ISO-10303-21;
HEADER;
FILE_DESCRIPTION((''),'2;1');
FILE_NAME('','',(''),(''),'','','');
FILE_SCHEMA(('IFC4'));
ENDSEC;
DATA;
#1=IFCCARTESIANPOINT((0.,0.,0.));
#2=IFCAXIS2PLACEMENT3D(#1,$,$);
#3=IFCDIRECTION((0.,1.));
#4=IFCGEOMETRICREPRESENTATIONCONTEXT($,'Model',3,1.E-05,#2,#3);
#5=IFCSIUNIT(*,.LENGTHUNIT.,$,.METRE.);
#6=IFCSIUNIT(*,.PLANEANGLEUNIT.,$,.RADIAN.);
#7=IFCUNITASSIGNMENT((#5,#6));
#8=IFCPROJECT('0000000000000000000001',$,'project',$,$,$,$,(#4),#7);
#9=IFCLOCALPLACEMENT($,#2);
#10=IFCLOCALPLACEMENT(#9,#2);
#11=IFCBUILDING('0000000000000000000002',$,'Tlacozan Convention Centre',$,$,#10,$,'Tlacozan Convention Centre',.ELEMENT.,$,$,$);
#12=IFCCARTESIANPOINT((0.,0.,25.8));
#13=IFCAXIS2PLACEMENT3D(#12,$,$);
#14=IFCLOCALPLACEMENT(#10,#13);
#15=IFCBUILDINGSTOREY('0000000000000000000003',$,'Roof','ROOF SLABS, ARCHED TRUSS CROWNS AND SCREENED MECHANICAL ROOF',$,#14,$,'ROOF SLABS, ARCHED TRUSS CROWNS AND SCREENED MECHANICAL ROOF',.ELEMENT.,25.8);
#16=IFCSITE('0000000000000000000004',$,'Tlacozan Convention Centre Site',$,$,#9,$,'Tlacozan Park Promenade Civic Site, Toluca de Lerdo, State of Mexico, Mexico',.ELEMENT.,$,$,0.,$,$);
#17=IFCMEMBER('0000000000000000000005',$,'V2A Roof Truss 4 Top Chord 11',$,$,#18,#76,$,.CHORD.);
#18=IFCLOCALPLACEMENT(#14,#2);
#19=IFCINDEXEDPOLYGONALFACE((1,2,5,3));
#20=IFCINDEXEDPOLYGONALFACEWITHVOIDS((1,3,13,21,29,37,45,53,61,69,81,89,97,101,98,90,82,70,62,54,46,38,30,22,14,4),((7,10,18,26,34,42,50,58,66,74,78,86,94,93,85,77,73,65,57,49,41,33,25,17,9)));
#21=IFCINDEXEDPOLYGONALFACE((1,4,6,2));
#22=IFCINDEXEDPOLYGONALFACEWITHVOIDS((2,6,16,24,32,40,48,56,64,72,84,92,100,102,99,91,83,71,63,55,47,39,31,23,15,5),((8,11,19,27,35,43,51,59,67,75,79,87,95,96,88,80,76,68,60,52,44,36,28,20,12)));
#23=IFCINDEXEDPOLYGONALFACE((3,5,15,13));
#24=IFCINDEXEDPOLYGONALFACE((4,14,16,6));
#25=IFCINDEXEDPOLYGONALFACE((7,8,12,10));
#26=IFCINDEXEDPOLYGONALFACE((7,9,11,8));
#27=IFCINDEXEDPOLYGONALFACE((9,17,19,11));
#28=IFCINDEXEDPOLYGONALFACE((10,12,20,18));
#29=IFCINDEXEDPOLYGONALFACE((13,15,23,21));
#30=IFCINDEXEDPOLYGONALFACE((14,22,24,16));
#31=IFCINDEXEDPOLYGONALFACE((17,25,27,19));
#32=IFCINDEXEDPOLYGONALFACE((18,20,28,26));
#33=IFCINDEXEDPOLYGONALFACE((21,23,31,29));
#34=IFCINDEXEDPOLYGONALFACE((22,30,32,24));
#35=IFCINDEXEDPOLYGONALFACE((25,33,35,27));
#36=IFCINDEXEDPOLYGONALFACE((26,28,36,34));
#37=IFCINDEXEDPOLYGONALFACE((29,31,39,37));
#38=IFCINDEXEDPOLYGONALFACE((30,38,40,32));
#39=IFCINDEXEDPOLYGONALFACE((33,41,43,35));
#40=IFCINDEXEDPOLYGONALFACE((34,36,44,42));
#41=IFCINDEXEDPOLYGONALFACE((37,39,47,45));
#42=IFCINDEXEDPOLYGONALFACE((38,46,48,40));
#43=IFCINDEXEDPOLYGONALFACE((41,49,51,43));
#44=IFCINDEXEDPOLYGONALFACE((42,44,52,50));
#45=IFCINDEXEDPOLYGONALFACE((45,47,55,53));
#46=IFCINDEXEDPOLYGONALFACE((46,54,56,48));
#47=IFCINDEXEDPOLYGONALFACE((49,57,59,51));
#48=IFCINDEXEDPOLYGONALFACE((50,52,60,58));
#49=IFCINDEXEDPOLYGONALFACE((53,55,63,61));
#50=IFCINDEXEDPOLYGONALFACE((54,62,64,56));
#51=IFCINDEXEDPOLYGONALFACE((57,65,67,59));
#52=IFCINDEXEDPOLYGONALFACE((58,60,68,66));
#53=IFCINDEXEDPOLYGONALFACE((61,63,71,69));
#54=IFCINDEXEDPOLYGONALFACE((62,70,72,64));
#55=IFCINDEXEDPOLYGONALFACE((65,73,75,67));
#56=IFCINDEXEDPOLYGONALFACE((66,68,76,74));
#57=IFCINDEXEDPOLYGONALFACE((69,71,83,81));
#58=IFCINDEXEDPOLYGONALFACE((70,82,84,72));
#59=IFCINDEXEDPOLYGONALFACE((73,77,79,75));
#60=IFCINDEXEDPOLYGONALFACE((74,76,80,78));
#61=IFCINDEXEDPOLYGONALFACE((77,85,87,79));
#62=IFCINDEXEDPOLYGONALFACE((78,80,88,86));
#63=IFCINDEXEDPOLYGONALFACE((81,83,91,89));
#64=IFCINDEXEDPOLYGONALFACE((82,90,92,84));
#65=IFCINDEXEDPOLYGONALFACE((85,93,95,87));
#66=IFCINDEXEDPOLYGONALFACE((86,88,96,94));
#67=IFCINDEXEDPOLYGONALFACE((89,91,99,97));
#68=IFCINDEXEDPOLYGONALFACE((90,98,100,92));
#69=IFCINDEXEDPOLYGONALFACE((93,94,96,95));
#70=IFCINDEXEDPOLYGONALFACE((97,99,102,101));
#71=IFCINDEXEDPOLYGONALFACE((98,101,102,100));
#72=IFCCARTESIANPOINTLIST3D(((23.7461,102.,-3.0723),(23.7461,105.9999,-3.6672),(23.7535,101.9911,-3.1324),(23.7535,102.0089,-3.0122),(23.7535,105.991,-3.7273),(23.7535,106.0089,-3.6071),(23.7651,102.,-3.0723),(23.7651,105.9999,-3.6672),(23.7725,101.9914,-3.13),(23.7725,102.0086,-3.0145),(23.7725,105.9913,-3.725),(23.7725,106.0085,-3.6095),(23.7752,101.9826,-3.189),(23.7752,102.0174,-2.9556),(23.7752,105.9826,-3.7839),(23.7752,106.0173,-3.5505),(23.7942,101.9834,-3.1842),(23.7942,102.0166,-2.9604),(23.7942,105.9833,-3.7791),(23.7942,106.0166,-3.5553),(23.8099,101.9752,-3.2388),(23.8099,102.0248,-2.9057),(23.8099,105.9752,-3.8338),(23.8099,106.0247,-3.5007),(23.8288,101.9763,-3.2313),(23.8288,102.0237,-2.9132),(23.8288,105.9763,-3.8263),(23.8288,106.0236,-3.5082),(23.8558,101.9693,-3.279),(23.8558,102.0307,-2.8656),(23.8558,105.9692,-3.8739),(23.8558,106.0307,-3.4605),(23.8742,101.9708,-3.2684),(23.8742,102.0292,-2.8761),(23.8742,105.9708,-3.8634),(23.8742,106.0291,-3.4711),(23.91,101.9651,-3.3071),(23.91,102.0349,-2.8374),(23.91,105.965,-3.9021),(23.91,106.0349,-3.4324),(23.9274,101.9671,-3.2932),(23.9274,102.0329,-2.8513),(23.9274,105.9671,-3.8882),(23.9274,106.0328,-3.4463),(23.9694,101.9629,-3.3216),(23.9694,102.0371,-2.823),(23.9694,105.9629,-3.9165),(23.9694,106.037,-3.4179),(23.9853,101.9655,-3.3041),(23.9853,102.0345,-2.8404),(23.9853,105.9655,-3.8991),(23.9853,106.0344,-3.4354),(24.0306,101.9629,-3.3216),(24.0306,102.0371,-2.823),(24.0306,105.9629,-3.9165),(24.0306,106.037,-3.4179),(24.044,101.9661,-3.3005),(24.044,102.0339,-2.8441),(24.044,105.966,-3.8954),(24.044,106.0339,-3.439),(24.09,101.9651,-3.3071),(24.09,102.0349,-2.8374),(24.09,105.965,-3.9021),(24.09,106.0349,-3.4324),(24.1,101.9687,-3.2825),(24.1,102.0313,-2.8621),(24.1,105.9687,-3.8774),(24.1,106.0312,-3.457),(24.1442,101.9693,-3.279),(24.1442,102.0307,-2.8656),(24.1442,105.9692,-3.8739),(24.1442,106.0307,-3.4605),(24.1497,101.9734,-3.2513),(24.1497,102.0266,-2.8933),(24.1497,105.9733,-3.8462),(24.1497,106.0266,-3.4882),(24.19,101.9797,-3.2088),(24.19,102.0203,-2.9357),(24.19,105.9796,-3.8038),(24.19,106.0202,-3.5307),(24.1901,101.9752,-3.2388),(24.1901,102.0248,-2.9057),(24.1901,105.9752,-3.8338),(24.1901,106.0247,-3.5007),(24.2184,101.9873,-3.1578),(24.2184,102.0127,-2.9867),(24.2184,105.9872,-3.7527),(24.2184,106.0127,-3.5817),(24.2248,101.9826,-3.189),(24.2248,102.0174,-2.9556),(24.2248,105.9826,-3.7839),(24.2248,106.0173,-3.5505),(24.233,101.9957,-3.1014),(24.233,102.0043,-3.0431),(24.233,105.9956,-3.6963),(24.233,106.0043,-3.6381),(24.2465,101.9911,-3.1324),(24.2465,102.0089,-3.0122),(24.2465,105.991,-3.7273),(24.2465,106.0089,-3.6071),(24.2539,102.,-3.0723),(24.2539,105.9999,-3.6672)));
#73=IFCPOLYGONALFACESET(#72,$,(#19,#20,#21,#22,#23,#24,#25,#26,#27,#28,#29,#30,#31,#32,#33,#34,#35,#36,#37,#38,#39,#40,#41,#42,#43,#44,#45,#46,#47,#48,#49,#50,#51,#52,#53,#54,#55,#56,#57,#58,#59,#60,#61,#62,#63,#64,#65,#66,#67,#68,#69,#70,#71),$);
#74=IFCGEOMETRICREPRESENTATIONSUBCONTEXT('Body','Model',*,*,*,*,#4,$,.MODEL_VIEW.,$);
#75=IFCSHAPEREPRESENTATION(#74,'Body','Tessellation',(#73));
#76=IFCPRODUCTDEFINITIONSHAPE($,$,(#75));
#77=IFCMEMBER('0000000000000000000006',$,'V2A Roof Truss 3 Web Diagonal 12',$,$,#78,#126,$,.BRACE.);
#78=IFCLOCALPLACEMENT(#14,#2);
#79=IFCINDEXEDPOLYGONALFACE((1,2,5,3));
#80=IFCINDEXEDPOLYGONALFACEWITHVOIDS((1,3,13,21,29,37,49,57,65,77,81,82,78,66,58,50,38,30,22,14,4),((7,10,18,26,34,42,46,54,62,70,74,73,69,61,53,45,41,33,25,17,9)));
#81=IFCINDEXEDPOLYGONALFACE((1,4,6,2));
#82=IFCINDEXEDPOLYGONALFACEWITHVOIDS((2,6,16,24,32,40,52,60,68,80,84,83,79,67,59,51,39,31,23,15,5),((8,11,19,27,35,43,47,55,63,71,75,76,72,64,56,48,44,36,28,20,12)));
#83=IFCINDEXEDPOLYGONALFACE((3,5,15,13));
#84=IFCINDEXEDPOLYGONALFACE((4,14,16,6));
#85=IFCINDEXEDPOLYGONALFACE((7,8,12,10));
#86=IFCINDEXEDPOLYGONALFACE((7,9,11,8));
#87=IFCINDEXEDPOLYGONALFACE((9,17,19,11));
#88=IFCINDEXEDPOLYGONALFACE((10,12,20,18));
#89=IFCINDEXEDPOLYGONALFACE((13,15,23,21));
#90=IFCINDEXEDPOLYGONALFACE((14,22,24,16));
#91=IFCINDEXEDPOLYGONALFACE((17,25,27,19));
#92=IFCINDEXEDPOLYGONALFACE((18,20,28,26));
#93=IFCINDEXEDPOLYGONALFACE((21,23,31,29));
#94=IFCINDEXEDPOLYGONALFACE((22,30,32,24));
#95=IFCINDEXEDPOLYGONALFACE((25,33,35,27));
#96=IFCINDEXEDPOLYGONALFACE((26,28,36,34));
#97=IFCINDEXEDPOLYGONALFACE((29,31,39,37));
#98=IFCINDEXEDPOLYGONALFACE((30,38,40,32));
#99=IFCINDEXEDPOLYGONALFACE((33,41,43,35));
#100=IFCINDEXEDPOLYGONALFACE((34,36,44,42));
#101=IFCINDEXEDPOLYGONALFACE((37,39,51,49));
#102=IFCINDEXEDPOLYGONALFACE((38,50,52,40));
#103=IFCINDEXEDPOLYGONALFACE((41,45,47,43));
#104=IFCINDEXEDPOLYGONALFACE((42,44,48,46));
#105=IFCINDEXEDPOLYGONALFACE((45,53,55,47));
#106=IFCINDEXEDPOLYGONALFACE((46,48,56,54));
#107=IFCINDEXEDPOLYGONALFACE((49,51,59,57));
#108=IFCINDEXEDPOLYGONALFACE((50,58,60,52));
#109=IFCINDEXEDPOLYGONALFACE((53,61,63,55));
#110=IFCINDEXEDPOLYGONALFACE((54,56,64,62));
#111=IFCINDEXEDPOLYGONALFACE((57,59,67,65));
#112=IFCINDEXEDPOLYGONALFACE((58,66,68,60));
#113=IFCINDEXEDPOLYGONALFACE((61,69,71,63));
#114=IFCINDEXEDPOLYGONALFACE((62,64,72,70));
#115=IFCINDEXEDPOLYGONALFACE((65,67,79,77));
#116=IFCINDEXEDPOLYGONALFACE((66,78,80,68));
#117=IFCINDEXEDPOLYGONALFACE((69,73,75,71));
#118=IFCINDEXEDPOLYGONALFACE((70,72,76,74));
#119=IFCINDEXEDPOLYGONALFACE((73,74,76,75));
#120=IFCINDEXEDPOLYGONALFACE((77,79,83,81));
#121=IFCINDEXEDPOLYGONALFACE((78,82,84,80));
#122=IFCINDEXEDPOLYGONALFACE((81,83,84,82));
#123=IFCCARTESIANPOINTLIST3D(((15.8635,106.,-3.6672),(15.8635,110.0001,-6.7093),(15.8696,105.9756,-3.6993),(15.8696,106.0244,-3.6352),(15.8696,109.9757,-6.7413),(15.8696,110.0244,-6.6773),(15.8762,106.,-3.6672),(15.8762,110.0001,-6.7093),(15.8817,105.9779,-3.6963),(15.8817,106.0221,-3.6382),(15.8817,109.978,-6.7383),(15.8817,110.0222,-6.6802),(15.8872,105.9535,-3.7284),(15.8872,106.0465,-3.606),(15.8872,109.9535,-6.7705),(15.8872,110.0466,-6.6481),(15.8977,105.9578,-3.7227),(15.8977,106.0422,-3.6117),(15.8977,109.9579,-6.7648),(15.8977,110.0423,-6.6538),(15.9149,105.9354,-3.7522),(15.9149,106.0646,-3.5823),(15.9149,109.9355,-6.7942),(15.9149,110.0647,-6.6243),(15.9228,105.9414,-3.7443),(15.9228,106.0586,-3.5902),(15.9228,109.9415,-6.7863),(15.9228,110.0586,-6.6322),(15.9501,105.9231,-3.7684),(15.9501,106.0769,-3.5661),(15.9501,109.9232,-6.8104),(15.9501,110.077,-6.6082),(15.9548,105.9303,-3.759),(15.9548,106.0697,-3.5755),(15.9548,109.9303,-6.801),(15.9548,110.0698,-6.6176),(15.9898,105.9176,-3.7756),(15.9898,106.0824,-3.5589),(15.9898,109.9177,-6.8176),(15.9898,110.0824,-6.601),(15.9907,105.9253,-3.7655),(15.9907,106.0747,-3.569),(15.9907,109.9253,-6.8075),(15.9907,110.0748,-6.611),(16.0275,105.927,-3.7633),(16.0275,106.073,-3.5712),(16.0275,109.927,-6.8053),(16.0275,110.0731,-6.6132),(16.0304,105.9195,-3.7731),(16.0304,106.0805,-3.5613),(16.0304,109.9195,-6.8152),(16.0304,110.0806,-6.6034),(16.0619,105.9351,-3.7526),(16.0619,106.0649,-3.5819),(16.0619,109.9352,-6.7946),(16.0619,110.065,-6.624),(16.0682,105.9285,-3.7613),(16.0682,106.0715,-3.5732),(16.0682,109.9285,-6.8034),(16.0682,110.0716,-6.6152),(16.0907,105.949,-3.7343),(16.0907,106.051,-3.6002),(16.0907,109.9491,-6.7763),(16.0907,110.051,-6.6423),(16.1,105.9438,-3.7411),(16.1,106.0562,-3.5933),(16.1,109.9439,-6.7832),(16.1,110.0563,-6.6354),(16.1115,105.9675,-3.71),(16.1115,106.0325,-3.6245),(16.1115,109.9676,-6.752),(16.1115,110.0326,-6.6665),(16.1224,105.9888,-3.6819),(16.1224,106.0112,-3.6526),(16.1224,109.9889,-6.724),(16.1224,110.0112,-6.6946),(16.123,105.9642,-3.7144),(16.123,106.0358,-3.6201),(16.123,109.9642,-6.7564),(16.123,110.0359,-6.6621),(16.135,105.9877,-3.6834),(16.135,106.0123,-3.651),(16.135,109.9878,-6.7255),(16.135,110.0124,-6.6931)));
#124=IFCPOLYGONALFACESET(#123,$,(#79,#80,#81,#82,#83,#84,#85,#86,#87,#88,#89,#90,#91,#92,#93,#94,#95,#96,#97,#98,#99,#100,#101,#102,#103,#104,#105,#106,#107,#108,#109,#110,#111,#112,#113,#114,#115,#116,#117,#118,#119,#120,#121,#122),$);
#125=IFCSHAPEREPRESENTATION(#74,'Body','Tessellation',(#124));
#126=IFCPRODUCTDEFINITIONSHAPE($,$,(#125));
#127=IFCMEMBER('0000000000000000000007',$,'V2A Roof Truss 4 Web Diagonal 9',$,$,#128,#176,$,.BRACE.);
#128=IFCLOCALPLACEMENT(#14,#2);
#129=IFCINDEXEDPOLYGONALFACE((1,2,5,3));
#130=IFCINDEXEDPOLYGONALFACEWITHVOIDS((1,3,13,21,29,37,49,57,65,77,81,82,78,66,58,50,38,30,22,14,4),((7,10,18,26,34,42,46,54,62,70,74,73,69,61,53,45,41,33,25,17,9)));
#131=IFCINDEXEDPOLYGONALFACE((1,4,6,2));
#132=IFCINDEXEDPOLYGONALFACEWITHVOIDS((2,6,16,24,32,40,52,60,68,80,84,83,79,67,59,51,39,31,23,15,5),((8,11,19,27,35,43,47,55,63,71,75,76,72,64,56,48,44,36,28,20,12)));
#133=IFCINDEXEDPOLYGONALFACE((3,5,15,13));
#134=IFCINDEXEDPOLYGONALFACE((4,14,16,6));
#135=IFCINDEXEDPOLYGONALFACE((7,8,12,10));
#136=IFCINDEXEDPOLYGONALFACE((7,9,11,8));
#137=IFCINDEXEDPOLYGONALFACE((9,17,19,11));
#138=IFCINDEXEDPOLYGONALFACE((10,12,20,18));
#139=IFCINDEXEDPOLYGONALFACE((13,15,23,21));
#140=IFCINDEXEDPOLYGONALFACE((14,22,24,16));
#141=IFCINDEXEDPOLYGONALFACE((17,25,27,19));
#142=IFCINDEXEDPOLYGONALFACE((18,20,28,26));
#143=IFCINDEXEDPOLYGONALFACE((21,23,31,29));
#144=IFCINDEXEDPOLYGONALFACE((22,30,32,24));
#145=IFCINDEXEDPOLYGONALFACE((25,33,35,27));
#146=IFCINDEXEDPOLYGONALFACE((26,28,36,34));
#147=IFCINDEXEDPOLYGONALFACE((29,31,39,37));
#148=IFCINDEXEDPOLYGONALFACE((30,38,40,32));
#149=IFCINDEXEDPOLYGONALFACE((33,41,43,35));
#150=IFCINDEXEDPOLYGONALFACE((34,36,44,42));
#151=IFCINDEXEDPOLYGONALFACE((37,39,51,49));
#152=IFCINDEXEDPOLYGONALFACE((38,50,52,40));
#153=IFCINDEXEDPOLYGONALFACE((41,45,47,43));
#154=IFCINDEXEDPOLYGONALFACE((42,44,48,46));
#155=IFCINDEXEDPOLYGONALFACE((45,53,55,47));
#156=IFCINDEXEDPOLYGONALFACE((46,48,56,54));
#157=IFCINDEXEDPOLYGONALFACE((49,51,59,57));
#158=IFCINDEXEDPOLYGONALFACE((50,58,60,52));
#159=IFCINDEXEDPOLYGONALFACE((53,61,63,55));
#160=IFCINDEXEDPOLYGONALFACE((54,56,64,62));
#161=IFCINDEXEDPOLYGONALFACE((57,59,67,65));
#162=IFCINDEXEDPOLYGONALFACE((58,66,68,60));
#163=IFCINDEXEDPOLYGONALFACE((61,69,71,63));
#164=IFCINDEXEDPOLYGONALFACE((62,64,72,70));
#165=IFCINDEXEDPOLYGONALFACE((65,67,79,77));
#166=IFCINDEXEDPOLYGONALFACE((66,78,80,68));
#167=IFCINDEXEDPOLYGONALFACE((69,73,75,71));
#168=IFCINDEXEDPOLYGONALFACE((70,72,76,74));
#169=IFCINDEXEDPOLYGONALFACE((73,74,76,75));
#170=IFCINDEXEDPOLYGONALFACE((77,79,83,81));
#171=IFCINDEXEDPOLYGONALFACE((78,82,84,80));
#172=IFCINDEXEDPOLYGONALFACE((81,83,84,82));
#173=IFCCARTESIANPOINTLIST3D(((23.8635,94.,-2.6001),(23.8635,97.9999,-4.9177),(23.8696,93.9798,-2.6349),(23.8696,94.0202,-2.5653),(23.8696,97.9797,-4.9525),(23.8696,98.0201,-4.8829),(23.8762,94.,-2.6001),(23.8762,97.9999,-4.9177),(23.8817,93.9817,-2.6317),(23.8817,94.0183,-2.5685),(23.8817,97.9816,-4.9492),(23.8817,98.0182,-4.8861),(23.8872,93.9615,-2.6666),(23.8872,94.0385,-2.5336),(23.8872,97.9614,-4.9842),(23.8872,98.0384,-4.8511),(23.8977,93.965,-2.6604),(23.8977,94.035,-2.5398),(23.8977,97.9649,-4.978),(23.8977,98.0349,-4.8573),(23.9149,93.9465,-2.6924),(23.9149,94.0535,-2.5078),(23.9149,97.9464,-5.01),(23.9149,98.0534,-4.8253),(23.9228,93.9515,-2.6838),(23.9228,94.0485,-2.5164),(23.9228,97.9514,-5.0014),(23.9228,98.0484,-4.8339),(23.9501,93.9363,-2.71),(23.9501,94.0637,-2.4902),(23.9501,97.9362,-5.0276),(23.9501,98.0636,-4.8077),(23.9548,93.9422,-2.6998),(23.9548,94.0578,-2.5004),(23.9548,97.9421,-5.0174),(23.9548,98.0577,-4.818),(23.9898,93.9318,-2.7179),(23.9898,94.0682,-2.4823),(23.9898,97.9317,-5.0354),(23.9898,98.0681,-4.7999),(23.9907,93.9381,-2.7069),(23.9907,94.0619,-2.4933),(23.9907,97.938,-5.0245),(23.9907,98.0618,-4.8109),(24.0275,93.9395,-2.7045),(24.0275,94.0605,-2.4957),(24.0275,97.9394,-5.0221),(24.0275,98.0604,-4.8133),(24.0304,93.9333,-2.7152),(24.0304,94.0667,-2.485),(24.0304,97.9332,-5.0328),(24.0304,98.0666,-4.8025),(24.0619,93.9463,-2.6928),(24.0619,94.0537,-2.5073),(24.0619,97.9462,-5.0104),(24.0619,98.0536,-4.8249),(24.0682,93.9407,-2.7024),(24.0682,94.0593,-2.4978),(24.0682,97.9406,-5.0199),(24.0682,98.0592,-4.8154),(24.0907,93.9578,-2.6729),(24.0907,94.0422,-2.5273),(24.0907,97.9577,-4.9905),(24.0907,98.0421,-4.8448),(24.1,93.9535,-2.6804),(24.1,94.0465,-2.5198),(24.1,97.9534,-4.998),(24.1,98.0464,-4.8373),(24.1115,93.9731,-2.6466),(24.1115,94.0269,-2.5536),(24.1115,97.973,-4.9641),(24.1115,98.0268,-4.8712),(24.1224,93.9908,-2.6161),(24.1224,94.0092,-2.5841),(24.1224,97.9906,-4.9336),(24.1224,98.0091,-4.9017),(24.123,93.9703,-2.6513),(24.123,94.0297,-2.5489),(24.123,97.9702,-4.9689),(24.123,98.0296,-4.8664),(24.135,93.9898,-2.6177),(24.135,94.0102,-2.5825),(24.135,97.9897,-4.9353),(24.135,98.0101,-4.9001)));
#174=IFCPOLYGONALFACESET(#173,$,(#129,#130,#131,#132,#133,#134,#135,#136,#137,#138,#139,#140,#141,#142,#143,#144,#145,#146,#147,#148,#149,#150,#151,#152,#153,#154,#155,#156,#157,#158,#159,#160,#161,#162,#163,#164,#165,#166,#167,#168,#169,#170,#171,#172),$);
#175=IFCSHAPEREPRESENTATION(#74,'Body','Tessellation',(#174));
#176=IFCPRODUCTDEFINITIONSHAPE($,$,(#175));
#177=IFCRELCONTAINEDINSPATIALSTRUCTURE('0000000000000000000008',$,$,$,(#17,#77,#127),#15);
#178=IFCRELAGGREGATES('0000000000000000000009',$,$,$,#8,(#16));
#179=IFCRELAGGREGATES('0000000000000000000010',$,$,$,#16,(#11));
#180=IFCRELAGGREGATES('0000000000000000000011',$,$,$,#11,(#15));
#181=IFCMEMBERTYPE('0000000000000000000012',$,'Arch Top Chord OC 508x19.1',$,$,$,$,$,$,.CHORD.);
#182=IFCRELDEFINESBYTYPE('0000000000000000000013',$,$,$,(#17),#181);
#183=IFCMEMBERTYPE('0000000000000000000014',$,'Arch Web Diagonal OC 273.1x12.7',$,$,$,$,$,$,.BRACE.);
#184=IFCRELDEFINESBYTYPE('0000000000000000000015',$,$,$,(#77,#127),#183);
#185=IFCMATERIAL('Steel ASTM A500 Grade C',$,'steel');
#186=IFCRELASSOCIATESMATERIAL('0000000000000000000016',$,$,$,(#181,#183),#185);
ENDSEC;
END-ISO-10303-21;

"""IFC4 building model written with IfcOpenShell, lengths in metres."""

from ifc_helpers import new_model, si_unit, direction, frame, origin, origin_2d, place, context, subcontext, project, spatial, hollow_circle, extrude, material, material_profile, profile_set, type_object, element, save


model = new_model("IFC4")

# Units and contexts
model_context = context("Model", 3, precision=1e-05, world=origin(), true_north=direction((0.0, 1.0)))
body_context = subcontext(model_context, "Body", "Model", "MODEL_VIEW")
ifc_project = project(units=[si_unit("LENGTHUNIT", "METRE"), si_unit("PLANEANGLEUNIT", "RADIAN")], contexts=[model_context])

# Site, building, storey
site_placement = place(None, origin())
site = spatial("IfcSite", under=ifc_project, at=site_placement, Name="Tlacozan Convention Centre Site", LongName="Tlacozan Park Promenade Civic Site, Toluca de Lerdo, State of Mexico, Mexico", CompositionType="ELEMENT", RefElevation=0.0)
building_placement = place(site_placement, origin())
building = spatial("IfcBuilding", under=site, at=building_placement, Name="Tlacozan Convention Centre", LongName="Tlacozan Convention Centre", CompositionType="ELEMENT")
storey_placement = place(building_placement, frame((0.0, 0.0, 25.8)))
storey = spatial("IfcBuildingStorey", under=building, at=storey_placement, Name="Roof", Description="ROOF SLABS, ARCHED TRUSS CROWNS AND SCREENED MECHANICAL ROOF", LongName="ROOF SLABS, ARCHED TRUSS CROWNS AND SCREENED MECHANICAL ROOF", CompositionType="ELEMENT", Elevation=25.8)

# Members
ifc_material_1 = material(Name="Steel ASTM A500 Grade C", Category="steel")
ifc_material_profile_1 = material_profile(ifc_material_1, hollow_circle(Radius=0.2539, WallThickness=0.019, at=origin_2d()), Name="OC 508.0x19.1")
ifc_profile_set_1 = profile_set([ifc_material_profile_1], Name="Steel ASTM A500 Grade C")
member_type_1 = type_object("IfcMemberType", Name="Arch Top Chord OC 508x19.1", PredefinedType="CHORD", material=ifc_profile_set_1)
member_1_placement = place(storey_placement, frame((24.0, 102.0, -3.0723), z_axis=(0.0, 0.989118, -0.147124), x_axis=(-1.0, 0.0, 0.0)))
element("IfcMember", 1, at=member_1_placement, inside=storey, type_object=member_type_1, Name="V2A Roof Truss 4 Top Chord 11", PredefinedType="CHORD", context=body_context, shape_type="SweptSolid", body=[
    extrude(hollow_circle(Radius=0.2539, WallThickness=0.019, at=origin_2d()), origin(), (0.0, 0.0, 1.0), 4.0439),
])
ifc_material_profile_2 = material_profile(ifc_material_1, hollow_circle(Radius=0.1365, WallThickness=0.0127, at=origin_2d()), Name="OC 273.1x12.7")
ifc_profile_set_2 = profile_set([ifc_material_profile_2], Name="Steel ASTM A500 Grade C")
member_type_2 = type_object("IfcMemberType", Name="Arch Web Diagonal OC 273.1x12.7", PredefinedType="BRACE", material=ifc_profile_set_2)
member_2_placement = place(storey_placement, frame((16.0, 106.0, -3.6672), z_axis=(0.0, 0.795971, -0.605335), x_axis=(-1.0, 0.0, 0.0)))
element("IfcMember", 2, at=member_2_placement, inside=storey, type_object=member_type_2, Name="V2A Roof Truss 3 Web Diagonal 12", PredefinedType="BRACE", context=body_context, shape_type="SweptSolid", body=[
    extrude(hollow_circle(Radius=0.1365, WallThickness=0.0127, at=origin_2d()), origin(), (0.0, 0.0, 1.0), 5.0254),
])
member_3_placement = place(storey_placement, frame((24.0, 94.0, -2.6001), z_axis=(0.0, 0.865254, -0.501334), x_axis=(-1.0, 0.0, 0.0)))
element("IfcMember", 3, at=member_3_placement, inside=storey, type_object=member_type_2, Name="V2A Roof Truss 4 Web Diagonal 9", PredefinedType="BRACE", context=body_context, shape_type="SweptSolid", body=[
    extrude(hollow_circle(Radius=0.1365, WallThickness=0.0127, at=origin_2d()), origin(), (0.0, 0.0, 1.0), 4.6228),
])

save(model, "model.ifc")
